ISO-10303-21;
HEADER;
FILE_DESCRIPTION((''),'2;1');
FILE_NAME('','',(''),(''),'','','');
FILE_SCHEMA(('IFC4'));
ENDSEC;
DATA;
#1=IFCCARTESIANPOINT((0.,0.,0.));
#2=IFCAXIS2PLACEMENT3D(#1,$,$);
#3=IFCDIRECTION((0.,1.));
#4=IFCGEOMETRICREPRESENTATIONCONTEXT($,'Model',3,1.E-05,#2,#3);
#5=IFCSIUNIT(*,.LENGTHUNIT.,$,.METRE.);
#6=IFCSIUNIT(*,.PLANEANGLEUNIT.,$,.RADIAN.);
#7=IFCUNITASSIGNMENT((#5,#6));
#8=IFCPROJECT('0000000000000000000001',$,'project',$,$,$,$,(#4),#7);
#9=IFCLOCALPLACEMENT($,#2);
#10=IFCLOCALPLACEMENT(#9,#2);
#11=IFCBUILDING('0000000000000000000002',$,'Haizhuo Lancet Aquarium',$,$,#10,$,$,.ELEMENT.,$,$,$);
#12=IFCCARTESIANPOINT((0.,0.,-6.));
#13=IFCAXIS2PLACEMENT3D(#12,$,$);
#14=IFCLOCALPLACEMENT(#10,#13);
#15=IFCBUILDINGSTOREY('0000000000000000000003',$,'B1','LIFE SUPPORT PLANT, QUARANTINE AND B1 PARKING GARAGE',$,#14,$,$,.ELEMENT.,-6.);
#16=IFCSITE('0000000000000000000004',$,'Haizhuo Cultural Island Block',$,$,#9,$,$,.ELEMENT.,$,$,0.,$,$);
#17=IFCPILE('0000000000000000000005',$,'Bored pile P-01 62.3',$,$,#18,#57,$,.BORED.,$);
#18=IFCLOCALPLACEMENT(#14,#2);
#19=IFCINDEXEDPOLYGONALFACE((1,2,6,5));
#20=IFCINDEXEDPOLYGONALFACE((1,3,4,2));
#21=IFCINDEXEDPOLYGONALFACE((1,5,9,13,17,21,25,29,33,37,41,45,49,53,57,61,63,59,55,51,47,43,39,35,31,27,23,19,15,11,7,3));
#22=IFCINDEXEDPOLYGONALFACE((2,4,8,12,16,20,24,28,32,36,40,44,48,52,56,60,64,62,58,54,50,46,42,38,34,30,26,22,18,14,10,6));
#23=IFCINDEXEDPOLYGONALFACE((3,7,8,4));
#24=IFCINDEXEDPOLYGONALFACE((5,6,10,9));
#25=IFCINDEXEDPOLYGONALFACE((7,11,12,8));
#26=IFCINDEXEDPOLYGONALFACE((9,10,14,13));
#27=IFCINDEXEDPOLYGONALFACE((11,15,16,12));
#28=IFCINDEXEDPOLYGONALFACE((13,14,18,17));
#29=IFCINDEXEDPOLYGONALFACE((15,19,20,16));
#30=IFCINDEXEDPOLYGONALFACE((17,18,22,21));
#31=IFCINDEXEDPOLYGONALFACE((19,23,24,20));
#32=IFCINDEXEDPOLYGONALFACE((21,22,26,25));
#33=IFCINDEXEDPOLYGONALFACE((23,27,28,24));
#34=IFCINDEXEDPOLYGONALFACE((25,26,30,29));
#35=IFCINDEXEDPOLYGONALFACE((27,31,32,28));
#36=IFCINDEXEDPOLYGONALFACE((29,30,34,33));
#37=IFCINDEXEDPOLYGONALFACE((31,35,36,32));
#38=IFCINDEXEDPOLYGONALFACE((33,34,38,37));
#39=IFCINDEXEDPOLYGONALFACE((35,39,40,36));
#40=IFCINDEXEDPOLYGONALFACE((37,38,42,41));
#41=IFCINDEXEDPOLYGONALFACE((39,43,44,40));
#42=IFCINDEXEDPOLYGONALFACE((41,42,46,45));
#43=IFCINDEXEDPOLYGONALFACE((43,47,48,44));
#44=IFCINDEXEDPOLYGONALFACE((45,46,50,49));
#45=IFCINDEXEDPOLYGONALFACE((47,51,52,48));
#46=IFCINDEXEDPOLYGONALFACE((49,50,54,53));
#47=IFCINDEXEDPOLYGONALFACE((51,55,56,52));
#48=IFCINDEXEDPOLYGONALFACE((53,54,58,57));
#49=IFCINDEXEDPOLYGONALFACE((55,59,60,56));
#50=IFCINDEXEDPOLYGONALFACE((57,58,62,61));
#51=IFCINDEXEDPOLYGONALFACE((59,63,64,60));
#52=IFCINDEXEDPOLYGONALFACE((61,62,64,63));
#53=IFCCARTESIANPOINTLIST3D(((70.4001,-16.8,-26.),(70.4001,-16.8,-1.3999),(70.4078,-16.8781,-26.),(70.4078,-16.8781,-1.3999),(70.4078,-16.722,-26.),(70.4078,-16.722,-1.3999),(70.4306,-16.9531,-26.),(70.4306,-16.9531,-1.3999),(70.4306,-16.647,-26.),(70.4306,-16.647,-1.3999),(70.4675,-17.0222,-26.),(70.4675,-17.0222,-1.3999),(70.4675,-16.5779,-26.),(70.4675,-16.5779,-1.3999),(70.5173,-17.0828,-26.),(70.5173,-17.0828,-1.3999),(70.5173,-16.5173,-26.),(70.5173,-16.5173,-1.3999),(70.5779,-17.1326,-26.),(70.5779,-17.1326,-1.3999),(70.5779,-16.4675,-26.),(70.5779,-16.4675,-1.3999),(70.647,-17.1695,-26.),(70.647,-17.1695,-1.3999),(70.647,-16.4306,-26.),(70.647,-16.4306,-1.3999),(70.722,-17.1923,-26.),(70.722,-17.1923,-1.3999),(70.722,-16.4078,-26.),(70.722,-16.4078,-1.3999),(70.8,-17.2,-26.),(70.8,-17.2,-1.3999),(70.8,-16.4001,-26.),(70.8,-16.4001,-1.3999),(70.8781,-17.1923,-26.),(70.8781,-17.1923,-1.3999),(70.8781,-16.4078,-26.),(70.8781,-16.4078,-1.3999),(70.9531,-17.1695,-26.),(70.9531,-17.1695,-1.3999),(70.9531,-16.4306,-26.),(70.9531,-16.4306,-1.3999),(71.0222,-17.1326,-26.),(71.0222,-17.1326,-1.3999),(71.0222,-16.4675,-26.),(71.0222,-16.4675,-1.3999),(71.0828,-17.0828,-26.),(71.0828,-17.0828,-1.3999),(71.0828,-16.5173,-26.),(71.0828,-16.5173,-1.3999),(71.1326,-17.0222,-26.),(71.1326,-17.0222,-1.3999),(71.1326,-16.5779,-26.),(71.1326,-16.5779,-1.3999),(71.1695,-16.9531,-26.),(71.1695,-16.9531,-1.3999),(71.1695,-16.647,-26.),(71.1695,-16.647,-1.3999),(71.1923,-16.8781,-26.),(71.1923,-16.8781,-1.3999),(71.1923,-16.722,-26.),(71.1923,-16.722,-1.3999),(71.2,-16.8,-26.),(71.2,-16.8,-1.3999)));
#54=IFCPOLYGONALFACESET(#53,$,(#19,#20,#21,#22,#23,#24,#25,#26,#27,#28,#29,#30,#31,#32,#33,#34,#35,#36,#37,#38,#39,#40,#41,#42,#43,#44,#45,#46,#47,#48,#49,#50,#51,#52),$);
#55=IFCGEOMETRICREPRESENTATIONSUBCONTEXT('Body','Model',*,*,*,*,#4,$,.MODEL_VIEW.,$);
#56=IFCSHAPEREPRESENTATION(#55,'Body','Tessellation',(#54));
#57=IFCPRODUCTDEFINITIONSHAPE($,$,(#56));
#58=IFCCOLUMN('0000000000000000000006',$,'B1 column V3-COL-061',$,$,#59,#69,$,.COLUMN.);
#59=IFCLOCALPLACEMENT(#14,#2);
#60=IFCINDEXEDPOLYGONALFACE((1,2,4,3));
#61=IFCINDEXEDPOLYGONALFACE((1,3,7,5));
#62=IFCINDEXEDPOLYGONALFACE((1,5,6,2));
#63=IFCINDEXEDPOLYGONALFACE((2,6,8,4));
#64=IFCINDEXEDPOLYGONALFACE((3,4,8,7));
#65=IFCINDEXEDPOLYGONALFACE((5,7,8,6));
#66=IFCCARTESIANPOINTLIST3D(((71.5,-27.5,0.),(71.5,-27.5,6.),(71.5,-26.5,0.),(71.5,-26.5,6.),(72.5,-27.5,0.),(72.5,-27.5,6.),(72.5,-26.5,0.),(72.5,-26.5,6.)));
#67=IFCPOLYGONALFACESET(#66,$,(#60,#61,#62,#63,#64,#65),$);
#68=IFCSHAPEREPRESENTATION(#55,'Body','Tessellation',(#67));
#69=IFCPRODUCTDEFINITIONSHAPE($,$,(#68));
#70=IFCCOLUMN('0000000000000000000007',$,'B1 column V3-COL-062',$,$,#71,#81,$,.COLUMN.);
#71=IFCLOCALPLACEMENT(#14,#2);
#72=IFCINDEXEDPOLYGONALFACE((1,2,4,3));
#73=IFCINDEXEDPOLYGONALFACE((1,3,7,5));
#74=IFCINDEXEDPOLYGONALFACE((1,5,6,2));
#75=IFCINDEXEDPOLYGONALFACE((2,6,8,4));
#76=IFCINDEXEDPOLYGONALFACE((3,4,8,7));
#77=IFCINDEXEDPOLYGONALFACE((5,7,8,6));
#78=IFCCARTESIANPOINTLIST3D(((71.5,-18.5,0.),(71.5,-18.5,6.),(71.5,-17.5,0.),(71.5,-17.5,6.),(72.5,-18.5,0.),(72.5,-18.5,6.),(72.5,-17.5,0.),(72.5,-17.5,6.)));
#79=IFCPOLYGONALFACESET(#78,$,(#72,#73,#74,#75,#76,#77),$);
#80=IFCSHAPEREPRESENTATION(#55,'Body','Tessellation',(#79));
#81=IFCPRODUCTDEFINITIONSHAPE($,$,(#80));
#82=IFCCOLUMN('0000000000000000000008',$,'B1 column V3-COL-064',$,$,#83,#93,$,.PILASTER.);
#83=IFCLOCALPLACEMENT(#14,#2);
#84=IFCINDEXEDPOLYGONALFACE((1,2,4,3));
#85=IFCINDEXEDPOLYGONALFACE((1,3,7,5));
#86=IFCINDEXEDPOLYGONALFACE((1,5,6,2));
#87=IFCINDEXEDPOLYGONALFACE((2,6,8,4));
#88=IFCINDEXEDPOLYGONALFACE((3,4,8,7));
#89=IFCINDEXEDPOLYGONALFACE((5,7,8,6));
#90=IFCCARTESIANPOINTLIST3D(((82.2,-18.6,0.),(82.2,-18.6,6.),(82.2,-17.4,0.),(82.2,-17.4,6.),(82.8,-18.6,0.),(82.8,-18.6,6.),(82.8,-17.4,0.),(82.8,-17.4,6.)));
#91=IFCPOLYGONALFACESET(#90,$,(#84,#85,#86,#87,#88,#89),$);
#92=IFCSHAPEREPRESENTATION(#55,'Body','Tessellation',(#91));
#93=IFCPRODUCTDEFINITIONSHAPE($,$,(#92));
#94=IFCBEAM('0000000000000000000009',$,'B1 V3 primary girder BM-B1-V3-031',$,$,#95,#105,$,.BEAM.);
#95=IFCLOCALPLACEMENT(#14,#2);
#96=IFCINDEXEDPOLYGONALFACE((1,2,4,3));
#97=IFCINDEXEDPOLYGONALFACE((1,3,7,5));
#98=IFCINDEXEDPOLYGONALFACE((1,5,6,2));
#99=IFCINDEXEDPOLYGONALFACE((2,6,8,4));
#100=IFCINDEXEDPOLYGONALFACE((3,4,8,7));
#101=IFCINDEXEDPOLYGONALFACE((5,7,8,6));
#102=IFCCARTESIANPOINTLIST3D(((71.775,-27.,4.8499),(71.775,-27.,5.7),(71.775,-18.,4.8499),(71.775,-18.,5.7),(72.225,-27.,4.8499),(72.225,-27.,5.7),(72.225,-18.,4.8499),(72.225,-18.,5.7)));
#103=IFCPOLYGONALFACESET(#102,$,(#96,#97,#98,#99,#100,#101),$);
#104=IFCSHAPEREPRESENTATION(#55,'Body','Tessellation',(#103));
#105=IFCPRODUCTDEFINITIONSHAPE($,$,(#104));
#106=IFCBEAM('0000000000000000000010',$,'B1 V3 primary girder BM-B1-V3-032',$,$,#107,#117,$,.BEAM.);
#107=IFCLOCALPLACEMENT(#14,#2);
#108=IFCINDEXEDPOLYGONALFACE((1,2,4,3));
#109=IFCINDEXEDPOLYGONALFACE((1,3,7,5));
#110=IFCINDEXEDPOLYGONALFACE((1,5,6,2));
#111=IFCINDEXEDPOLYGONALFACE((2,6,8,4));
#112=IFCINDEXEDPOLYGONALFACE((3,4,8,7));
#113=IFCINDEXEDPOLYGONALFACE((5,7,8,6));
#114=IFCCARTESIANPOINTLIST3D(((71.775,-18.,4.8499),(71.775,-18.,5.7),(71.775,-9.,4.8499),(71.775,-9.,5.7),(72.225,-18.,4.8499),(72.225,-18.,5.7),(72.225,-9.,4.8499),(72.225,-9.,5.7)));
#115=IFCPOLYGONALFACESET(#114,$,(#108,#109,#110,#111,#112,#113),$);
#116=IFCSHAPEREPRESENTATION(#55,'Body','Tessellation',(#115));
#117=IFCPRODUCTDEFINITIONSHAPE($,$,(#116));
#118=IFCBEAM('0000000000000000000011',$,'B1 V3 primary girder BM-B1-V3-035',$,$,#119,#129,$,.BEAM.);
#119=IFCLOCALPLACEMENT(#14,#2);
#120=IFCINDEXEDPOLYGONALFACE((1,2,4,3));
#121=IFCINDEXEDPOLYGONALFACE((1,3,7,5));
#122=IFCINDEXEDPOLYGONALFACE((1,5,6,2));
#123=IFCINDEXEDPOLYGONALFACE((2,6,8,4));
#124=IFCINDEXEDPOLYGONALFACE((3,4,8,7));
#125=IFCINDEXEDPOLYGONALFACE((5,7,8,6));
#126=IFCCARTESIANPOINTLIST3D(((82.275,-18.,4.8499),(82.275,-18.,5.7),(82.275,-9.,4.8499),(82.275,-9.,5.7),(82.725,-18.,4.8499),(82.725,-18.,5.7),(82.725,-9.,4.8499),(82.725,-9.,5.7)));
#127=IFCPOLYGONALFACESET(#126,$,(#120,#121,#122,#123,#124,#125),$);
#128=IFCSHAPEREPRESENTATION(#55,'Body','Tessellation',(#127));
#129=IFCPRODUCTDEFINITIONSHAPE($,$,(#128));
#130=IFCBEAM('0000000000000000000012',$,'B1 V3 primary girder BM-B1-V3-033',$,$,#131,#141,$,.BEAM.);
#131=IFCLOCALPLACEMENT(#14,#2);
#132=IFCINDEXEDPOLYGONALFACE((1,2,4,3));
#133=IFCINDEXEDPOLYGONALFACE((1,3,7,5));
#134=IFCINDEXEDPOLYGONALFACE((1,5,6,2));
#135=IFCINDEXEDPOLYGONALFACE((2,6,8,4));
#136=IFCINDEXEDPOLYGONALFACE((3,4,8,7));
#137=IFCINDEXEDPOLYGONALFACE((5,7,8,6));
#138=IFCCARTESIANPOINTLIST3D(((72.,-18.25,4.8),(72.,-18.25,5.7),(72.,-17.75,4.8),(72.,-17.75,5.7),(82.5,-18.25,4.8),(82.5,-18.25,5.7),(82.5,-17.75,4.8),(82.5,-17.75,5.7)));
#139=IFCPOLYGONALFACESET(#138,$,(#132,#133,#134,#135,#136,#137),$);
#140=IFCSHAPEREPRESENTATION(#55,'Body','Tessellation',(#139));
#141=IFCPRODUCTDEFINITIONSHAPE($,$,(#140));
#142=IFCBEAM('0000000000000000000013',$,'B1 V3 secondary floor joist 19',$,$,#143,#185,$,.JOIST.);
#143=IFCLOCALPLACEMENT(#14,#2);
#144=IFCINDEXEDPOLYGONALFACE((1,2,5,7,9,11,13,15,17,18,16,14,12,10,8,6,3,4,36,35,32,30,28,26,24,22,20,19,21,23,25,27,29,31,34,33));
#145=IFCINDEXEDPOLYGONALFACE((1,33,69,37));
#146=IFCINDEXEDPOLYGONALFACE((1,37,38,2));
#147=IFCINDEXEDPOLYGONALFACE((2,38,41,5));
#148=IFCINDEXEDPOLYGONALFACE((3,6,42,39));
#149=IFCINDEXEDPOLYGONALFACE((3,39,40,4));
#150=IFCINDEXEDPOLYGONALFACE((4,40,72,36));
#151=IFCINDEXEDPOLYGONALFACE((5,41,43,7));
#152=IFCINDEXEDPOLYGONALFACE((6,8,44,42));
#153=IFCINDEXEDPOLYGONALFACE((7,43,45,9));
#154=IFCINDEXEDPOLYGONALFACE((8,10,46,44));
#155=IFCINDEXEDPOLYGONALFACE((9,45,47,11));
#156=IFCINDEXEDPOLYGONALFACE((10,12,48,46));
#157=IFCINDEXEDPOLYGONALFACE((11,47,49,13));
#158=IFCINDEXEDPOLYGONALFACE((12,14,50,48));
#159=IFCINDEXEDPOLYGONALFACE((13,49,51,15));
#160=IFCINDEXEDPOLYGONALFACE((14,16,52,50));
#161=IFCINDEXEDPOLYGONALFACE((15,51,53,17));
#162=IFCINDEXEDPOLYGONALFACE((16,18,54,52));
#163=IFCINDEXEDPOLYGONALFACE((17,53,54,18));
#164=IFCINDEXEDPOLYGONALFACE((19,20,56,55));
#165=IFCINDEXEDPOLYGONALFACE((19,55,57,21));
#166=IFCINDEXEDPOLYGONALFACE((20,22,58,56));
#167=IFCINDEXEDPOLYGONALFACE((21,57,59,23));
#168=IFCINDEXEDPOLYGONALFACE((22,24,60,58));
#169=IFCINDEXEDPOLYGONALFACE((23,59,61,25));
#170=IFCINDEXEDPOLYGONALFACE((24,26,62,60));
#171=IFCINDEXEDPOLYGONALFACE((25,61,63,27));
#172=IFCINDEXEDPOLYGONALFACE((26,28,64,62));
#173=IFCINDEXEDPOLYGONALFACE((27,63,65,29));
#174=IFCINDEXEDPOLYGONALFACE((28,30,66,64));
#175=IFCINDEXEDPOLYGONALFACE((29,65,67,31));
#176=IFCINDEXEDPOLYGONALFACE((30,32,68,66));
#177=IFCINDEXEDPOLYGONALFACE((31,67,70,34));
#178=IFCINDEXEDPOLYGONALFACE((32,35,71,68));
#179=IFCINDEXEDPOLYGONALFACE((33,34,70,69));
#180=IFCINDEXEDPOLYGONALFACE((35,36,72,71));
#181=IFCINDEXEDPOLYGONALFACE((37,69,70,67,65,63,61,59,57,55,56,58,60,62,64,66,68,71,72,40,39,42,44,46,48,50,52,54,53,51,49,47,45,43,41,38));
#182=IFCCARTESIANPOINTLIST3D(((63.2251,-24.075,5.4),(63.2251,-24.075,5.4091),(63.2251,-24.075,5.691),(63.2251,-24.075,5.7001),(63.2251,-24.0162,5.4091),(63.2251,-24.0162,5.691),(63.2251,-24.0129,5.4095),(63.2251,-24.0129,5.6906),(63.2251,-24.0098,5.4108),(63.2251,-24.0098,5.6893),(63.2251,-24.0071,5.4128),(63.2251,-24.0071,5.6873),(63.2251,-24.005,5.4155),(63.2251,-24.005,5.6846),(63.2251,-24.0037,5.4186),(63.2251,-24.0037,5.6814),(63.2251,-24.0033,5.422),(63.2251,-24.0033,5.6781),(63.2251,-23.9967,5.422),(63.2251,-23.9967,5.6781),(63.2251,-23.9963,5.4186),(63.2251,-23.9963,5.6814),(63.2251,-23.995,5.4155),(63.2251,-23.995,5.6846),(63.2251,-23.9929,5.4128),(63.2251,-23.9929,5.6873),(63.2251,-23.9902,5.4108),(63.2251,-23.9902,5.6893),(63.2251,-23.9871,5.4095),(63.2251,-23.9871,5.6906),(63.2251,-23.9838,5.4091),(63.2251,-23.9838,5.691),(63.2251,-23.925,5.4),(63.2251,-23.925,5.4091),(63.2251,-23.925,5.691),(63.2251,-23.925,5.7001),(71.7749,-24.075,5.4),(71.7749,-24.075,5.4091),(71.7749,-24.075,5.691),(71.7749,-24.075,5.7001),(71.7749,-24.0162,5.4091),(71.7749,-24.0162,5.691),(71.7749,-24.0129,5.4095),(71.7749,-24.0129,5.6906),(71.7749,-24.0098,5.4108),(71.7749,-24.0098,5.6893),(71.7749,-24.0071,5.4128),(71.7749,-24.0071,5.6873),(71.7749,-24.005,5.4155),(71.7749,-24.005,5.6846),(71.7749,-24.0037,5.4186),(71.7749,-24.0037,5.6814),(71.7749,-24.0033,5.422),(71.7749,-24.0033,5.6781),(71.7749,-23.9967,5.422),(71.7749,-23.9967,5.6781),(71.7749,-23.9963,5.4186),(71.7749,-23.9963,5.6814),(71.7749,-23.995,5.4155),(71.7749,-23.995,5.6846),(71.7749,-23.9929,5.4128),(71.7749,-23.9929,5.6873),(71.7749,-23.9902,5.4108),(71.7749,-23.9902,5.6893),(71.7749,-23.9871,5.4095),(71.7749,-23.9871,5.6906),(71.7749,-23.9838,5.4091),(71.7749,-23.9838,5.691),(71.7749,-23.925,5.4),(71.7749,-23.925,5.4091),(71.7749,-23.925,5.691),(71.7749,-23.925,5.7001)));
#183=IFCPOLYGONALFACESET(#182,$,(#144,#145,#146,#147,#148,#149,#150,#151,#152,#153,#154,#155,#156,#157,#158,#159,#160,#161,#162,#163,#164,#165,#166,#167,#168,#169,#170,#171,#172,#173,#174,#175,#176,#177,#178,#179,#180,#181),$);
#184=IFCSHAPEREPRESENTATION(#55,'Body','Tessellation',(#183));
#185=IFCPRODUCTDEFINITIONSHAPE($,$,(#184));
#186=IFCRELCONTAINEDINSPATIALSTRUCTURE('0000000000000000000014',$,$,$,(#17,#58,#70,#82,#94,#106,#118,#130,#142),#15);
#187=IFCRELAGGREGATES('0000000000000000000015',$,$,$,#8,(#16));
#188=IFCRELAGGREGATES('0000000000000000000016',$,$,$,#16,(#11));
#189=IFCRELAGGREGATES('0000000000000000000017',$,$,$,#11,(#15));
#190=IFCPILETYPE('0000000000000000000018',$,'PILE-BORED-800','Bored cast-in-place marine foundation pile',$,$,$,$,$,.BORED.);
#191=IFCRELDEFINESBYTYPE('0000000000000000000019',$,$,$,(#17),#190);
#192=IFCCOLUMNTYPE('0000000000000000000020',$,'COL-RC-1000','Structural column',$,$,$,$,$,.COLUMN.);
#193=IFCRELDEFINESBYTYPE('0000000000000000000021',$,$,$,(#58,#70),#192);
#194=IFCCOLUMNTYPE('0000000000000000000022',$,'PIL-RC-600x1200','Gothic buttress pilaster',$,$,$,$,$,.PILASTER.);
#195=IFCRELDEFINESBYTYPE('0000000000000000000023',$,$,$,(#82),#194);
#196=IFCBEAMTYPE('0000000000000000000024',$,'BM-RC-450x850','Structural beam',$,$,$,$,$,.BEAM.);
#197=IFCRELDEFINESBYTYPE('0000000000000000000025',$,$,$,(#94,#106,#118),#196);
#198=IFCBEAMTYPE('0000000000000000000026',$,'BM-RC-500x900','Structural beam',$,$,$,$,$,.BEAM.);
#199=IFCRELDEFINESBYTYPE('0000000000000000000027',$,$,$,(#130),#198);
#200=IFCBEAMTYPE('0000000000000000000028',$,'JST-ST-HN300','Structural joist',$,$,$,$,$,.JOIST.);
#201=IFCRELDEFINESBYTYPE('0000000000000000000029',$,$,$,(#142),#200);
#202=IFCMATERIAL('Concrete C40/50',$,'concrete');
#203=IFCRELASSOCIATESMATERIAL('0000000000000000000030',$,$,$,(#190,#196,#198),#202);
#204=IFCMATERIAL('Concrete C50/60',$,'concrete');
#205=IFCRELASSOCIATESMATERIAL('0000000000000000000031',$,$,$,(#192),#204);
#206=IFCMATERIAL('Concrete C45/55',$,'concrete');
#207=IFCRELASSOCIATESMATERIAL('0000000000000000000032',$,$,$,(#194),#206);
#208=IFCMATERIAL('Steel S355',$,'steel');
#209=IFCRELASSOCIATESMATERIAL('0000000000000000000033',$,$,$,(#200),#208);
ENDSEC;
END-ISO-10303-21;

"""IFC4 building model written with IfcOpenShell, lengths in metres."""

from ifc_helpers import new_model, si_unit, direction, frame, origin, origin_2d, place, context, subcontext, project, spatial, rectangle, circle, i_section, extrude, material, material_profile, profile_set, type_object, element, save


model = new_model("IFC4")

# Units and contexts
model_context = context("Model", 3, precision=1e-05, world=origin(), true_north=direction((0.0, 1.0)))
body_context = subcontext(model_context, "Body", "Model", "MODEL_VIEW")
ifc_project = project(units=[si_unit("LENGTHUNIT", "METRE"), si_unit("PLANEANGLEUNIT", "RADIAN")], contexts=[model_context])

# Site, building, storey
site_placement = place(None, origin())
site = spatial("IfcSite", under=ifc_project, at=site_placement, Name="Haizhuo Cultural Island Block", CompositionType="ELEMENT", RefElevation=0.0)
building_placement = place(site_placement, origin())
building = spatial("IfcBuilding", under=site, at=building_placement, Name="Haizhuo Lancet Aquarium", CompositionType="ELEMENT")
storey_placement = place(building_placement, frame((0.0, 0.0, -6.0)))
storey = spatial("IfcBuildingStorey", under=building, at=storey_placement, Name="B1", Description="LIFE SUPPORT PLANT, QUARANTINE AND B1 PARKING GARAGE", CompositionType="ELEMENT", Elevation=-6.0)

# Shared definitions
ifc_material_1 = material(Name="Concrete C40/50", Category="concrete")

# Pile
ifc_material_profile_1 = material_profile(ifc_material_1, circle(Radius=0.3999, at=origin_2d()), Name="PILE-800")
ifc_profile_set_1 = profile_set([ifc_material_profile_1], Name="Concrete C40/50")
pile_type_1 = type_object("IfcPileType", Name="PILE-BORED-800", Description="Bored cast-in-place marine foundation pile", PredefinedType="BORED", material=ifc_profile_set_1)
for number, where, z_axis, x_axis, name in (
    (1, (70.8, -16.8, -1.3999), (0.0, 0.0, -1.0), (1.0, 0.0, 0.0), "Bored pile P-01 62.3"),
):
    element("IfcPile", number, at=place(storey_placement, frame(where, z_axis=z_axis, x_axis=x_axis)), inside=storey, type_object=pile_type_1, Name=name, PredefinedType="BORED", context=body_context, shape_type="SweptSolid", body=[
        extrude(circle(Radius=0.3999, at=origin_2d()), origin(), (0.0, 0.0, 1.0), 24.6001),
    ])

# Columns
ifc_material_2 = material(Name="Concrete C50/60", Category="concrete")
ifc_material_profile_2 = material_profile(ifc_material_2, rectangle(XDim=1.0, YDim=1.0, at=origin_2d()), Name="RC-COL 1000x1000")
ifc_profile_set_2 = profile_set([ifc_material_profile_2], Name="Concrete C50/60")
column_type_1 = type_object("IfcColumnType", Name="COL-RC-1000", Description="Structural column", PredefinedType="COLUMN", material=ifc_profile_set_2)
for number, where, z_axis, x_axis, name in (
    (2, (72.0, -27.0, 0.0), (0.0, 0.0, 1.0), (1.0, 0.0, 0.0), "B1 column V3-COL-061"),
    (3, (72.0, -18.0, 0.0), (0.0, 0.0, 1.0), (1.0, 0.0, 0.0), "B1 column V3-COL-062"),
):
    element("IfcColumn", number, at=place(storey_placement, frame(where, z_axis=z_axis, x_axis=x_axis)), inside=storey, type_object=column_type_1, Name=name, PredefinedType="COLUMN", context=body_context, shape_type="SweptSolid", body=[
        extrude(rectangle(XDim=1.0, YDim=1.0, at=origin_2d()), origin(), (0.0, 0.0, 1.0), 6.0),
    ])
ifc_material_3 = material(Name="Concrete C45/55", Category="concrete")
ifc_material_profile_3 = material_profile(ifc_material_3, rectangle(XDim=0.6001, YDim=1.2, at=origin_2d()), Name="RC-PIL 600x1200")
ifc_profile_set_3 = profile_set([ifc_material_profile_3], Name="Concrete C45/55")
column_type_2 = type_object("IfcColumnType", Name="PIL-RC-600x1200", Description="Gothic buttress pilaster", PredefinedType="PILASTER", material=ifc_profile_set_3)
column_placement = place(storey_placement, frame((82.5, -18.0, 0.0), z_axis=(0.0, 0.0, 1.0), x_axis=(1.0, 0.0, 0.0)))
element("IfcColumn", 4, at=column_placement, inside=storey, type_object=column_type_2, Name="B1 column V3-COL-064", PredefinedType="PILASTER", context=body_context, shape_type="SweptSolid", body=[
    extrude(rectangle(XDim=0.6001, YDim=1.2, at=origin_2d()), origin(), (0.0, 0.0, 1.0), 6.0),
])

# Beams
ifc_material_profile_4 = material_profile(ifc_material_1, rectangle(XDim=0.45, YDim=0.8501, at=origin_2d()), Name="RC-BM 450x850")
ifc_profile_set_4 = profile_set([ifc_material_profile_4], Name="Concrete C40/50")
beam_type_1 = type_object("IfcBeamType", Name="BM-RC-450x850", Description="Structural beam", PredefinedType="BEAM", material=ifc_profile_set_4)
for number, where, z_axis, x_axis, name in (
    (5, (72.0, -27.0, 5.2749), (0.0, 1.0, 0.0), (-1.0, 0.0, 0.0), "B1 V3 primary girder BM-B1-V3-031"),
    (6, (72.0, -18.0, 5.2749), (0.0, 1.0, 0.0), (-1.0, 0.0, 0.0), "B1 V3 primary girder BM-B1-V3-032"),
    (7, (82.5, -18.0, 5.2749), (0.0, 1.0, 0.0), (-1.0, 0.0, 0.0), "B1 V3 primary girder BM-B1-V3-035"),
):
    element("IfcBeam", number, at=place(storey_placement, frame(where, z_axis=z_axis, x_axis=x_axis)), inside=storey, type_object=beam_type_1, Name=name, PredefinedType="BEAM", context=body_context, shape_type="SweptSolid", body=[
        extrude(rectangle(XDim=0.45, YDim=0.8501, at=origin_2d()), origin(), (0.0, 0.0, 1.0), 9.0),
    ])
ifc_material_profile_5 = material_profile(ifc_material_1, rectangle(XDim=0.5, YDim=0.8999, at=origin_2d()), Name="RC-BM 500x900")
ifc_profile_set_5 = profile_set([ifc_material_profile_5], Name="Concrete C40/50")
beam_type_2 = type_object("IfcBeamType", Name="BM-RC-500x900", Description="Structural beam", PredefinedType="BEAM", material=ifc_profile_set_5)
beam_1_placement = place(storey_placement, frame((72.0, -18.0, 5.25), z_axis=(1.0, 0.0, 0.0), x_axis=(0.0, 1.0, 0.0)))
element("IfcBeam", 8, at=beam_1_placement, inside=storey, type_object=beam_type_2, Name="B1 V3 primary girder BM-B1-V3-033", PredefinedType="BEAM", context=body_context, shape_type="SweptSolid", body=[
    extrude(rectangle(XDim=0.5, YDim=0.8999, at=origin_2d()), origin(), (0.0, 0.0, 1.0), 10.5),
])
ifc_material_4 = material(Name="Steel S355", Category="steel")
ifc_material_profile_6 = material_profile(ifc_material_4, i_section(OverallWidth=0.1499, OverallDepth=0.3, WebThickness=0.0066, FlangeThickness=0.009, FilletRadius=0.0129, at=origin_2d()), Name="HN 300x150x6.5x9")
ifc_profile_set_6 = profile_set([ifc_material_profile_6], Name="Steel S355")
beam_type_3 = type_object("IfcBeamType", Name="JST-ST-HN300", Description="Structural joist", PredefinedType="JOIST", material=ifc_profile_set_6)
beam_2_placement = place(storey_placement, frame((63.2251, -24.0, 5.55), z_axis=(1.0, 0.0, 0.0), x_axis=(0.0, 1.0, 0.0)))
element("IfcBeam", 9, at=beam_2_placement, inside=storey, type_object=beam_type_3, Name="B1 V3 secondary floor joist 19", PredefinedType="JOIST", context=body_context, shape_type="SweptSolid", body=[
    extrude(i_section(OverallWidth=0.1499, OverallDepth=0.3, WebThickness=0.0066, FlangeThickness=0.009, FilletRadius=0.0129, at=origin_2d()), origin(), (0.0, 0.0, 1.0), 8.5498),
])

save(model, "model.ifc")
